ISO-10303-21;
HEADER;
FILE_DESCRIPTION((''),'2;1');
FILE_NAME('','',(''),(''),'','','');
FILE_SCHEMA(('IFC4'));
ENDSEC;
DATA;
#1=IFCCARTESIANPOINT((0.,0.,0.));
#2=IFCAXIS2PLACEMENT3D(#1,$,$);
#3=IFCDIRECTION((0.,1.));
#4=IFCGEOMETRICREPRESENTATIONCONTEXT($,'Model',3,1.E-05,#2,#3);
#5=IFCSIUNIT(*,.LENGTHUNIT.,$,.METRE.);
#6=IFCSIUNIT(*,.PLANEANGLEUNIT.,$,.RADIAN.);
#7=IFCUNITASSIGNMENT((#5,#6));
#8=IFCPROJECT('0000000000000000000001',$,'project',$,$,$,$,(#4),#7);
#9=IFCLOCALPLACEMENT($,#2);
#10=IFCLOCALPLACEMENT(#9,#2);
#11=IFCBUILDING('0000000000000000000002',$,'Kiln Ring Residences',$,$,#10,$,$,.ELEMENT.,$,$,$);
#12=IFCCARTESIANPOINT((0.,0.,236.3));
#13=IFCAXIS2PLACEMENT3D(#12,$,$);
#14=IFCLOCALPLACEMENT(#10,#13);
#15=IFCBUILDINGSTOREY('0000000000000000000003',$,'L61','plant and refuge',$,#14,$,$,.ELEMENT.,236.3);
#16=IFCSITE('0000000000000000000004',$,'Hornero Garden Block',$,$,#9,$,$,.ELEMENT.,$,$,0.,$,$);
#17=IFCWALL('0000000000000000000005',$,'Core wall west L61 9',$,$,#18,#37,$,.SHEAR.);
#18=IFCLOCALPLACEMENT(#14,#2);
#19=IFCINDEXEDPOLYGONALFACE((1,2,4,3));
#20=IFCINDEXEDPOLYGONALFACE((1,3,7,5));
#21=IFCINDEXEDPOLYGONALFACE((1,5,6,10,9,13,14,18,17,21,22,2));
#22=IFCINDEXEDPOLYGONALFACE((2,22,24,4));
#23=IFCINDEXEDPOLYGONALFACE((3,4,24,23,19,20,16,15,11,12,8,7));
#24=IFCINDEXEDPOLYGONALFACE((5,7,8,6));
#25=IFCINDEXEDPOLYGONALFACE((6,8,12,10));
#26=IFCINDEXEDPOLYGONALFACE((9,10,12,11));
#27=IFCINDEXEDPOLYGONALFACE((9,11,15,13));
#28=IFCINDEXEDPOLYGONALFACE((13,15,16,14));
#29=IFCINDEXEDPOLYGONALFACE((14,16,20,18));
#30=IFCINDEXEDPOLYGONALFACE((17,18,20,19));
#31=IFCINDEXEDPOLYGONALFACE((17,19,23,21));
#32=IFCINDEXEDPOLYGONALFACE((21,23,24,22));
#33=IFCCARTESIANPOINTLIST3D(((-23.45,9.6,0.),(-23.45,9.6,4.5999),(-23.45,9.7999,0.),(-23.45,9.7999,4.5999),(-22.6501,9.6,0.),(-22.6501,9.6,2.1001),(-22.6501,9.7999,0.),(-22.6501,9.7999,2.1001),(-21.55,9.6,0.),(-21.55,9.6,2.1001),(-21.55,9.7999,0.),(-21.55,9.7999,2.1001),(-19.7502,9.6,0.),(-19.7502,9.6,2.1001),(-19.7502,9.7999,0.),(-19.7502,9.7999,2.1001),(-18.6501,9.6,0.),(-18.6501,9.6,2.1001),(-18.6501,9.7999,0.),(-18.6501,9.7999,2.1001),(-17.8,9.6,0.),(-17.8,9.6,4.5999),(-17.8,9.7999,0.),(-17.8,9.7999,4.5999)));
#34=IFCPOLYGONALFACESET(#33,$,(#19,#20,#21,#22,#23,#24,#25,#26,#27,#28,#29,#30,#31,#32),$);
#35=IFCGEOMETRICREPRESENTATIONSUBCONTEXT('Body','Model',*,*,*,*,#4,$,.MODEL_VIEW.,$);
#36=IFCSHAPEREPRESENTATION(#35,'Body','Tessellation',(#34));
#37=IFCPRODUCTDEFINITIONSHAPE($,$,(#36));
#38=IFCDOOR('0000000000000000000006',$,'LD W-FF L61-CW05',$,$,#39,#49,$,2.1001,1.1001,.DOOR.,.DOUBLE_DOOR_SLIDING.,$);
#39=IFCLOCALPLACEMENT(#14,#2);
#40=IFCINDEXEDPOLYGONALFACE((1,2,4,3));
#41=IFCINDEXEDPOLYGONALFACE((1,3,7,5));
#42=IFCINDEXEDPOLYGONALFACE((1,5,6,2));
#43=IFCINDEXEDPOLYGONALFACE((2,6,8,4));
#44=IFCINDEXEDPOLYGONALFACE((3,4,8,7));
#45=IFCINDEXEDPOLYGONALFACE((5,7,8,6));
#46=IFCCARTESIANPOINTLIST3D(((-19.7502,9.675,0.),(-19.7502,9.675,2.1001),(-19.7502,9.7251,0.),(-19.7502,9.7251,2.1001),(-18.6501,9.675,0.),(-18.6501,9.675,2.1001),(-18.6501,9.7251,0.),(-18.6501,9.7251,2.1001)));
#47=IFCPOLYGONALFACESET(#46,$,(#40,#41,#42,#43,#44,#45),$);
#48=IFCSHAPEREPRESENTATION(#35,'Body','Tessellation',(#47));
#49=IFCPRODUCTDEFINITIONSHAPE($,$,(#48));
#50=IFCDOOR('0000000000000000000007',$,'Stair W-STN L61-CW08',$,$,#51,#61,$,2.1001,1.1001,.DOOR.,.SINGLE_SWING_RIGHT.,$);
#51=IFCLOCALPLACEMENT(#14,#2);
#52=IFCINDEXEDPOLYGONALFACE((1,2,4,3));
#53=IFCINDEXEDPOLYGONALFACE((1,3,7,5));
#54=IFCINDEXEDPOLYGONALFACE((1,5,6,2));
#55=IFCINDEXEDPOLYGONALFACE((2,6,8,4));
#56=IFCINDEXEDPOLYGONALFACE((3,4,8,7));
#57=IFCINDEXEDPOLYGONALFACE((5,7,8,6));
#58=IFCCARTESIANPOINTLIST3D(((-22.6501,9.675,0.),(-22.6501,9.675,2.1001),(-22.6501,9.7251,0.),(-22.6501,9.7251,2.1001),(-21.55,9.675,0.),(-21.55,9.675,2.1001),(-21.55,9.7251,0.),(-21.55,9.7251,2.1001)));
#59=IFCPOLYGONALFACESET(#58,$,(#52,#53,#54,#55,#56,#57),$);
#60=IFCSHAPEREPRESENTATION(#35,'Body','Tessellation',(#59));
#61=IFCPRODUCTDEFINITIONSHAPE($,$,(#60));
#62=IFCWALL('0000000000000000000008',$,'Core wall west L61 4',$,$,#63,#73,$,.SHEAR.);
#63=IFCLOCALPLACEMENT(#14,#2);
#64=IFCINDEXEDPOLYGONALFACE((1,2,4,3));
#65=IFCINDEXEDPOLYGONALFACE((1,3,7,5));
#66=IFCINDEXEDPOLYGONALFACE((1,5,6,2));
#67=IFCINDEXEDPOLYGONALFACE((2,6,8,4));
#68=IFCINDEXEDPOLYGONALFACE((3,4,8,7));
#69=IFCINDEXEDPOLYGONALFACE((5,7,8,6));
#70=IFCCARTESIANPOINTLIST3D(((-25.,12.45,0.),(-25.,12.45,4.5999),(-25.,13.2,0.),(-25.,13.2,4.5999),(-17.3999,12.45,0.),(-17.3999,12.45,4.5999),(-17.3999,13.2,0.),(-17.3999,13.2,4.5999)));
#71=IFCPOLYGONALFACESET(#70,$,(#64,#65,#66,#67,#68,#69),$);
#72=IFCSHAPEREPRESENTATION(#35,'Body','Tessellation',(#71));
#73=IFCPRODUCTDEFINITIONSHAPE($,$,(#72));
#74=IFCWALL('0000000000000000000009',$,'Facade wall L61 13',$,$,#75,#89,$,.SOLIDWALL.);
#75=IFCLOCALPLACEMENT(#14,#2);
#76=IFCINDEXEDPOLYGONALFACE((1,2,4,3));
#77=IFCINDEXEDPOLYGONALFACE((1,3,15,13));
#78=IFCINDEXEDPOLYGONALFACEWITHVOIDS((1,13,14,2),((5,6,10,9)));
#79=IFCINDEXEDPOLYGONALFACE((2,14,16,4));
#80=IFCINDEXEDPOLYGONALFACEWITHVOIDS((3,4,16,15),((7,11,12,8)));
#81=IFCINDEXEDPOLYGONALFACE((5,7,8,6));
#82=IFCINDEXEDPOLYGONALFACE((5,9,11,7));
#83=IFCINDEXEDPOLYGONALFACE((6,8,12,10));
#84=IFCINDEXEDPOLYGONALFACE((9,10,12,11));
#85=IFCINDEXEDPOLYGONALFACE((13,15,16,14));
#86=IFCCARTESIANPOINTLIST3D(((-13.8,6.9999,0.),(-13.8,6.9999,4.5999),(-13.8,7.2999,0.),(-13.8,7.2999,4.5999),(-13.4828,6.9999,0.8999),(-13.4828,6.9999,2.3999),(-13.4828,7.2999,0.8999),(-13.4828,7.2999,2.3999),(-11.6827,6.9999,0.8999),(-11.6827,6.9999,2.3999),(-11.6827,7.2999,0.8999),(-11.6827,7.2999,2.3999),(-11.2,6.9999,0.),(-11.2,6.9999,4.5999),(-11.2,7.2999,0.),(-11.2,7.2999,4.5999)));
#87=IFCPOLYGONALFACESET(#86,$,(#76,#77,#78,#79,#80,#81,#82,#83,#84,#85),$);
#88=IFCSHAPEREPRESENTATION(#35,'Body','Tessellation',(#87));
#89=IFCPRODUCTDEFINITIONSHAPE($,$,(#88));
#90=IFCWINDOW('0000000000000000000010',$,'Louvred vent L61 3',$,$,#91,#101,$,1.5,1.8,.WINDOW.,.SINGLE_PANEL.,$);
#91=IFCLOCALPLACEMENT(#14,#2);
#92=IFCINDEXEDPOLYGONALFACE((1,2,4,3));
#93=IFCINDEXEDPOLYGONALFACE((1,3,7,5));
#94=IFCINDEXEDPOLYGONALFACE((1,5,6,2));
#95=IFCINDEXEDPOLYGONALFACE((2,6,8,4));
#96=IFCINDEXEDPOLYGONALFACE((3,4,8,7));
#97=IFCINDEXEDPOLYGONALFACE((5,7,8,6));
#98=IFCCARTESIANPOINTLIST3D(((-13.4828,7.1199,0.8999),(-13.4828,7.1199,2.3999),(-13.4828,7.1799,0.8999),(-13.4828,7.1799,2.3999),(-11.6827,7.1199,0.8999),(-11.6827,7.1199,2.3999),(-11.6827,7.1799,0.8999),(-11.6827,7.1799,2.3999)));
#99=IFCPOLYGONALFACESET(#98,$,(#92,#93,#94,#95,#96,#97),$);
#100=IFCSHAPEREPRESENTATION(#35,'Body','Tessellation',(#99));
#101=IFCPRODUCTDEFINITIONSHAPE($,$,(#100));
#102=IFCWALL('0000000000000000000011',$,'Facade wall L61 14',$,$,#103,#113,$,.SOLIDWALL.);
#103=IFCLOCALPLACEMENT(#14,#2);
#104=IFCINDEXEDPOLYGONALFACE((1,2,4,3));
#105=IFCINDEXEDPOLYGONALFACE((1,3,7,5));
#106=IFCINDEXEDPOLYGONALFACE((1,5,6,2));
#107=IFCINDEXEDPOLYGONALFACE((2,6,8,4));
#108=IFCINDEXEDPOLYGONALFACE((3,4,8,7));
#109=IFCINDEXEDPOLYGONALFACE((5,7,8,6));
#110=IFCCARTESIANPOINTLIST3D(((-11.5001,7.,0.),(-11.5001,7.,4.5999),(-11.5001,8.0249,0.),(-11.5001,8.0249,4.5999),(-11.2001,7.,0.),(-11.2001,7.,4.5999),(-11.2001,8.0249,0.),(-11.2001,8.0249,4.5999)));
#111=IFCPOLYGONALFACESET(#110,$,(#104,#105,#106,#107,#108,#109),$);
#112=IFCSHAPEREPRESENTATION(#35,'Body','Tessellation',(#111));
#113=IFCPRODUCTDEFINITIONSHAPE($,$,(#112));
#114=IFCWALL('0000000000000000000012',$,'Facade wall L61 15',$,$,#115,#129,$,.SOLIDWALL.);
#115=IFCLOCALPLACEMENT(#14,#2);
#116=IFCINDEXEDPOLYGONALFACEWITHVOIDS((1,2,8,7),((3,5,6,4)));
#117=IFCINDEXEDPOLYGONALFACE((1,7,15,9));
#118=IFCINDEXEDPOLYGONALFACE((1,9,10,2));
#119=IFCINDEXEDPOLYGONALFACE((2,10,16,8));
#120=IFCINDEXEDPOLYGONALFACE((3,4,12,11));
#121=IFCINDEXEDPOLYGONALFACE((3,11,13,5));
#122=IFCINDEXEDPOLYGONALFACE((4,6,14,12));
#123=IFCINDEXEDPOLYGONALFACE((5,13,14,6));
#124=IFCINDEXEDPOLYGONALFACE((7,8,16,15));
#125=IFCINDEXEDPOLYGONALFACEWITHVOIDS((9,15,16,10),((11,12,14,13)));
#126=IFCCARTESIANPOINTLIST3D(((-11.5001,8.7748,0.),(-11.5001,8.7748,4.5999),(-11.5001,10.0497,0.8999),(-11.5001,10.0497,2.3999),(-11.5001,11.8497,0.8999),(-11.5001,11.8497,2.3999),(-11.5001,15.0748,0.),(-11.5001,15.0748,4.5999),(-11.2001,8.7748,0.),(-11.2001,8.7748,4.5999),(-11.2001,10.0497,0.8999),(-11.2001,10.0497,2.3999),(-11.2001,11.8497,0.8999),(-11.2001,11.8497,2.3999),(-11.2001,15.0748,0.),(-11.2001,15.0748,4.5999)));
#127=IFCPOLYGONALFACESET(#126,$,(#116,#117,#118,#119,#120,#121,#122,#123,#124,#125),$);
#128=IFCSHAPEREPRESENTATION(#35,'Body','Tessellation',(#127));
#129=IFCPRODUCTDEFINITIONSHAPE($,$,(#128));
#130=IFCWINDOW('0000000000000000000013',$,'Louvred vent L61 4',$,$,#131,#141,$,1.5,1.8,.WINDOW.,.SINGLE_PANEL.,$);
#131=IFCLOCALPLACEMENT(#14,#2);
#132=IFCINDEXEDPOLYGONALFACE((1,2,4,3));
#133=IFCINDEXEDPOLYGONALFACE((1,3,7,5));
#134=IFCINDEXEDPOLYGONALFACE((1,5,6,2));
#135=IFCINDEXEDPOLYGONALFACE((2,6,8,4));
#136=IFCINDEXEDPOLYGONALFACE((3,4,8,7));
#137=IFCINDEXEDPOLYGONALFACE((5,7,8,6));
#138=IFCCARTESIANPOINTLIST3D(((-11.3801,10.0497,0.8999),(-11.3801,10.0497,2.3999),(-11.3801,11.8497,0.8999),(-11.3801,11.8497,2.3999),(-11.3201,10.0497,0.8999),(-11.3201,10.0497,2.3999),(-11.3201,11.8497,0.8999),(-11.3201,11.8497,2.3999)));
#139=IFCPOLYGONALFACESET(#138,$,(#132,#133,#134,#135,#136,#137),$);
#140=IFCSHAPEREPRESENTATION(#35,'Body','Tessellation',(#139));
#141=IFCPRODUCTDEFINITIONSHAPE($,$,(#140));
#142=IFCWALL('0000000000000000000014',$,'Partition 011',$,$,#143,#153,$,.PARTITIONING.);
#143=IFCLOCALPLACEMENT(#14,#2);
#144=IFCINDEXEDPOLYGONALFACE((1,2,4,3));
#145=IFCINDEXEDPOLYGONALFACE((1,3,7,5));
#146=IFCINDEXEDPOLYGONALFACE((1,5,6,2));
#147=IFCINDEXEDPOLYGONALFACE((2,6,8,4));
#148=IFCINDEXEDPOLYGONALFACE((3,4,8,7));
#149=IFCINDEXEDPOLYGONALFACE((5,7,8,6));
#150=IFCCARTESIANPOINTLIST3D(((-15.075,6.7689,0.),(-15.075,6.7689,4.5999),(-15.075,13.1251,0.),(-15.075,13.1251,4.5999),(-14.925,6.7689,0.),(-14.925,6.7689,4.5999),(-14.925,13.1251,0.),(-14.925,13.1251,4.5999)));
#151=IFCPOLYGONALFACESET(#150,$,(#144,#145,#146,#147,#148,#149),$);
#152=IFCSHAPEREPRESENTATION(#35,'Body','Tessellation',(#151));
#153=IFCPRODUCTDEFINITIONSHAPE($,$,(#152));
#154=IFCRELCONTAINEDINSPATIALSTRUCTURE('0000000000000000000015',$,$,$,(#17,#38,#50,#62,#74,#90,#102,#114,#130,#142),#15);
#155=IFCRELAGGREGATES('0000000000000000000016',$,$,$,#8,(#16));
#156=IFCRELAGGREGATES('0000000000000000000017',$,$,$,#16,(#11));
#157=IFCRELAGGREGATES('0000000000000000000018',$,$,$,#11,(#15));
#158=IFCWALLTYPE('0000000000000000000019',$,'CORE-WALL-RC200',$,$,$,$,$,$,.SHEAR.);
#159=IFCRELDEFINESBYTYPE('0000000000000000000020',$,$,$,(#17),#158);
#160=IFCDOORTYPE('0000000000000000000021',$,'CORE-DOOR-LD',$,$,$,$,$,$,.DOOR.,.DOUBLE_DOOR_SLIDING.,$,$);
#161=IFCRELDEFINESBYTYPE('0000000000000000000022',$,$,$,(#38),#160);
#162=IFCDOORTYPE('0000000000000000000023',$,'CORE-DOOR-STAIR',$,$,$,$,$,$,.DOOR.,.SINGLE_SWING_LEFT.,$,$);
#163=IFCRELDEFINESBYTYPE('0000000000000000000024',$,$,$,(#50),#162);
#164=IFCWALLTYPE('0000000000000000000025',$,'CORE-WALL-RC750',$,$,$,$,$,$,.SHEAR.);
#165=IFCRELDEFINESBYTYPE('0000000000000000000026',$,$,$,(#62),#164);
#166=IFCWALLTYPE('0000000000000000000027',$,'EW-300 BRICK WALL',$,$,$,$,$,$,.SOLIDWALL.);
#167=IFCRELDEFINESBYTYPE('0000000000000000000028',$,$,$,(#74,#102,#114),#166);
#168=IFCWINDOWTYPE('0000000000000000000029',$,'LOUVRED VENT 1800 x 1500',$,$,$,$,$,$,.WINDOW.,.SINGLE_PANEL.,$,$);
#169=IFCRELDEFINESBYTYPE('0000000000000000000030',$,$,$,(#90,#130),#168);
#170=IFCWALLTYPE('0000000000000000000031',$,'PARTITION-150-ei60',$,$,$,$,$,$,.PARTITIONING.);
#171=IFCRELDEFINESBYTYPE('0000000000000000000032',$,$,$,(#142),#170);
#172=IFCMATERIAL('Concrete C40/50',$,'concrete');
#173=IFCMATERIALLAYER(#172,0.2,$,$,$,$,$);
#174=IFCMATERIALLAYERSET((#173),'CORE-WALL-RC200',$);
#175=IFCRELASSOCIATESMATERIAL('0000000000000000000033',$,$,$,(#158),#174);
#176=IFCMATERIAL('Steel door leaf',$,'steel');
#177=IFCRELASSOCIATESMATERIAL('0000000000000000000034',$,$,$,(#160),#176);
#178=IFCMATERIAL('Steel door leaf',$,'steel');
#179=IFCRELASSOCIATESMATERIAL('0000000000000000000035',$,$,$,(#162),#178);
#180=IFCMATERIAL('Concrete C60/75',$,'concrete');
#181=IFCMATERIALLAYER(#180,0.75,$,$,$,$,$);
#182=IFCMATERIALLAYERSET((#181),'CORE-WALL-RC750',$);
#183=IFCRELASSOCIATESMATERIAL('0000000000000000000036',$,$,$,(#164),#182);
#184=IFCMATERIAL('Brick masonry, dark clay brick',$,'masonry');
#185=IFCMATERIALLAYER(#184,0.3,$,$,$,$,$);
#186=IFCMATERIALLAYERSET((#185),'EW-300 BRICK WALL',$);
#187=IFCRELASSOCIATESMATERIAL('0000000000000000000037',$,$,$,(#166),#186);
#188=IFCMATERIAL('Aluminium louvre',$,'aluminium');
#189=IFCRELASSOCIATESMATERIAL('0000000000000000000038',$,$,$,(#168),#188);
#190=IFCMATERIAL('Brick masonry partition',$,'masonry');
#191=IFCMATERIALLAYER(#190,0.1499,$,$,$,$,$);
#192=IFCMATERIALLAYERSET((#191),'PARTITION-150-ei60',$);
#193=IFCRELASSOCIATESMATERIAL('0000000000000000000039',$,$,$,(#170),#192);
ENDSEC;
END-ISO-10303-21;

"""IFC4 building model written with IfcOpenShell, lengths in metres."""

from ifc_helpers import new_model, si_unit, direction, frame, frame_2d, origin, place, context, subcontext, project, spatial, rectangle, extrude, material, layer, layer_set, type_object, element, fill, save


model = new_model("IFC4")

# Units and contexts
model_context = context("Model", 3, precision=1e-05, world=origin(), true_north=direction((0.0, 1.0)))
body_context = subcontext(model_context, "Body", "Model", "MODEL_VIEW")
ifc_project = project(units=[si_unit("LENGTHUNIT", "METRE"), si_unit("PLANEANGLEUNIT", "RADIAN")], contexts=[model_context])

# Site, building, storey
site_placement = place(None, origin())
site = spatial("IfcSite", under=ifc_project, at=site_placement, Name="Hornero Garden Block", CompositionType="ELEMENT", RefElevation=0.0)
building_placement = place(site_placement, origin())
building = spatial("IfcBuilding", under=site, at=building_placement, Name="Kiln Ring Residences", CompositionType="ELEMENT")
storey_placement = place(building_placement, frame((0.0, 0.0, 236.3)))
storey = spatial("IfcBuildingStorey", under=building, at=storey_placement, Name="L61", Description="plant and refuge", CompositionType="ELEMENT", Elevation=236.3)

# Wall, openings, doors
ifc_material_1 = material(Name="Concrete C40/50", Category="concrete")
ifc_layer_1 = layer(ifc_material_1, 0.2)
ifc_layer_set_1 = layer_set([ifc_layer_1], Name="CORE-WALL-RC200")
wall_type_1 = type_object("IfcWallType", Name="CORE-WALL-RC200", PredefinedType="SHEAR", material=ifc_layer_set_1)
wall_1_placement = place(storey_placement, frame((-17.8, 9.7, 0.0), z_axis=(0.0, 0.0, 1.0), x_axis=(-1.0, 0.0, 0.0)))
wall_1 = element("IfcWall", 1, at=wall_1_placement, inside=storey, type_object=wall_type_1, Name="Core wall west L61 9", PredefinedType="SHEAR", context=body_context, shape_type="SweptSolid", body=[
    extrude(rectangle(XDim=5.6499, YDim=0.2, at=frame_2d((2.825, 0.0))), origin(), (0.0, 0.0, 1.0), 4.5999),
])
opening_1_placement = place(wall_1_placement, frame((0.8501, 0.0, 0.0)))
opening_1 = element("IfcOpeningElement", 2, at=opening_1_placement, cuts=wall_1, PredefinedType="OPENING", context=body_context, shape_type="SweptSolid", body=[
    extrude(rectangle(XDim=1.1001, YDim=2.1001, at=frame_2d((0.55, 1.05))), frame((0.0, 0.1099, 0.0), z_axis=(0.0, -1.0, 0.0), x_axis=(1.0, 0.0, 0.0)), (0.0, 0.0, 1.0), 0.22),
])
opening_2_placement = place(wall_1_placement, frame((3.75, 0.0, 0.0)))
opening_2 = element("IfcOpeningElement", 3, at=opening_2_placement, cuts=wall_1, PredefinedType="OPENING", context=body_context, shape_type="SweptSolid", body=[
    extrude(rectangle(XDim=1.1001, YDim=2.1001, at=frame_2d((0.55, 1.05))), frame((0.0, 0.1099, 0.0), z_axis=(0.0, -1.0, 0.0), x_axis=(1.0, 0.0, 0.0)), (0.0, 0.0, 1.0), 0.22),
])
ifc_material_2 = material(Name="Steel door leaf", Category="steel")
door_type_1 = type_object("IfcDoorType", Name="CORE-DOOR-LD", OperationType="DOUBLE_DOOR_SLIDING", PredefinedType="DOOR", material=ifc_material_2)
door_1_placement = place(opening_1_placement, origin())
door_1 = element("IfcDoor", 4, at=door_1_placement, inside=storey, type_object=door_type_1, Name="LD W-FF L61-CW05", OperationType="DOUBLE_DOOR_SLIDING", OverallHeight=2.1001, OverallWidth=1.1001, PredefinedType="DOOR", context=body_context, shape_type="SweptSolid", body=[
    extrude(rectangle(XDim=1.1001, YDim=2.1001, at=frame_2d((0.55, 1.05))), frame((0.0, 0.0249, 0.0), z_axis=(0.0, -1.0, 0.0), x_axis=(1.0, 0.0, 0.0)), (0.0, 0.0, 1.0), 0.05),
])
fill(opening_1, door_1)
ifc_material_3 = material(Name="Steel door leaf", Category="steel")
door_type_2 = type_object("IfcDoorType", Name="CORE-DOOR-STAIR", OperationType="SINGLE_SWING_LEFT", PredefinedType="DOOR", material=ifc_material_3)
door_2_placement = place(opening_2_placement, origin())
door_2 = element("IfcDoor", 5, at=door_2_placement, inside=storey, type_object=door_type_2, Name="Stair W-STN L61-CW08", OperationType="SINGLE_SWING_RIGHT", OverallHeight=2.1001, OverallWidth=1.1001, PredefinedType="DOOR", context=body_context, shape_type="SweptSolid", body=[
    extrude(rectangle(XDim=1.1001, YDim=2.1001, at=frame_2d((0.55, 1.05))), frame((0.0, 0.0249, 0.0), z_axis=(0.0, -1.0, 0.0), x_axis=(1.0, 0.0, 0.0)), (0.0, 0.0, 1.0), 0.05),
])
fill(opening_2, door_2)

# Wall
ifc_material_4 = material(Name="Concrete C60/75", Category="concrete")
ifc_layer_2 = layer(ifc_material_4, 0.75)
ifc_layer_set_2 = layer_set([ifc_layer_2], Name="CORE-WALL-RC750")
wall_type_2 = type_object("IfcWallType", Name="CORE-WALL-RC750", PredefinedType="SHEAR", material=ifc_layer_set_2)
wall_2_placement = place(storey_placement, frame((-17.3999, 12.825, 0.0), z_axis=(0.0, 0.0, 1.0), x_axis=(-1.0, 0.0, 0.0)))
element("IfcWall", 6, at=wall_2_placement, inside=storey, type_object=wall_type_2, Name="Core wall west L61 4", PredefinedType="SHEAR", context=body_context, shape_type="SweptSolid", body=[
    extrude(rectangle(XDim=7.6001, YDim=0.75, at=frame_2d((3.8, 0.0))), origin(), (0.0, 0.0, 1.0), 4.5999),
])

# Wall, opening, window
ifc_material_5 = material(Name="Brick masonry, dark clay brick", Category="masonry")
ifc_layer_3 = layer(ifc_material_5, 0.3)
ifc_layer_set_3 = layer_set([ifc_layer_3], Name="EW-300 BRICK WALL")
wall_type_3 = type_object("IfcWallType", Name="EW-300 BRICK WALL", PredefinedType="SOLIDWALL", material=ifc_layer_set_3)
wall_3_placement = place(storey_placement, frame((-13.8, 7.1499, 0.0), z_axis=(0.0, 0.0, 1.0), x_axis=(1.0, 0.0, 0.0)))
wall_3 = element("IfcWall", 7, at=wall_3_placement, inside=storey, type_object=wall_type_3, Name="Facade wall L61 13", PredefinedType="SOLIDWALL", context=body_context, shape_type="SweptSolid", body=[
    extrude(rectangle(XDim=2.6001, YDim=0.3, at=frame_2d((1.3, 0.0))), origin(), (0.0, 0.0, 1.0), 4.5999),
])
opening_3_placement = place(wall_3_placement, frame((0.3174, 0.0, 0.8999)))
opening_3 = element("IfcOpeningElement", 8, at=opening_3_placement, cuts=wall_3, PredefinedType="OPENING", context=body_context, shape_type="SweptSolid", body=[
    extrude(rectangle(XDim=1.8, YDim=1.5, at=frame_2d((0.8999, 0.75))), frame((0.0, 0.1599, 0.0), z_axis=(0.0, -1.0, 0.0), x_axis=(1.0, 0.0, 0.0)), (0.0, 0.0, 1.0), 0.3201),
])
ifc_material_6 = material(Name="Aluminium louvre", Category="aluminium")
window_type = type_object("IfcWindowType", Name="LOUVRED VENT 1800 x 1500", PartitioningType="SINGLE_PANEL", PredefinedType="WINDOW", material=ifc_material_6)
window_1_placement = place(opening_3_placement, origin())
window_1 = element("IfcWindow", 9, at=window_1_placement, inside=storey, type_object=window_type, Name="Louvred vent L61 3", OverallHeight=1.5, OverallWidth=1.8, PartitioningType="SINGLE_PANEL", PredefinedType="WINDOW", context=body_context, shape_type="SweptSolid", body=[
    extrude(rectangle(XDim=1.8, YDim=1.5, at=frame_2d((0.8999, 0.75))), frame((0.0, 0.03, 0.0), z_axis=(0.0, -1.0, 0.0), x_axis=(1.0, 0.0, 0.0)), (0.0, 0.0, 1.0), 0.0601),
])
fill(opening_3, window_1)

# Wall
wall_4_placement = place(storey_placement, frame((-11.3501, 7.0, 0.0), z_axis=(0.0, 0.0, 1.0), x_axis=(0.0, 1.0, 0.0)))
element("IfcWall", 10, at=wall_4_placement, inside=storey, type_object=wall_type_3, Name="Facade wall L61 14", PredefinedType="SOLIDWALL", context=body_context, shape_type="SweptSolid", body=[
    extrude(rectangle(XDim=1.0249, YDim=0.3, at=frame_2d((0.5125, 0.0))), origin(), (0.0, 0.0, 1.0), 4.5999),
])

# Wall, opening, window
wall_5_placement = place(storey_placement, frame((-11.3501, 8.7749, 0.0), z_axis=(0.0, 0.0, 1.0), x_axis=(0.0, 1.0, 0.0)))
wall_5 = element("IfcWall", 11, at=wall_5_placement, inside=storey, type_object=wall_type_3, Name="Facade wall L61 15", PredefinedType="SOLIDWALL", context=body_context, shape_type="SweptSolid", body=[
    extrude(rectangle(XDim=6.3, YDim=0.3, at=frame_2d((3.1499, 0.0))), origin(), (0.0, 0.0, 1.0), 4.5999),
])
opening_4_placement = place(wall_5_placement, frame((1.2749, 0.0, 0.8999)))
opening_4 = element("IfcOpeningElement", 12, at=opening_4_placement, cuts=wall_5, PredefinedType="OPENING", context=body_context, shape_type="SweptSolid", body=[
    extrude(rectangle(XDim=1.8, YDim=1.5, at=frame_2d((0.8999, 0.75))), frame((0.0, 0.1599, 0.0), z_axis=(0.0, -1.0, 0.0), x_axis=(1.0, 0.0, 0.0)), (0.0, 0.0, 1.0), 0.3201),
])
window_2_placement = place(opening_4_placement, origin())
window_2 = element("IfcWindow", 13, at=window_2_placement, inside=storey, type_object=window_type, Name="Louvred vent L61 4", OverallHeight=1.5, OverallWidth=1.8, PartitioningType="SINGLE_PANEL", PredefinedType="WINDOW", context=body_context, shape_type="SweptSolid", body=[
    extrude(rectangle(XDim=1.8, YDim=1.5, at=frame_2d((0.8999, 0.75))), frame((0.0, 0.03, 0.0), z_axis=(0.0, -1.0, 0.0), x_axis=(1.0, 0.0, 0.0)), (0.0, 0.0, 1.0), 0.0601),
])
fill(opening_4, window_2)

# Wall
ifc_material_7 = material(Name="Brick masonry partition", Category="masonry")
ifc_layer_4 = layer(ifc_material_7, 0.1499)
ifc_layer_set_4 = layer_set([ifc_layer_4], Name="PARTITION-150-ei60")
wall_type_4 = type_object("IfcWallType", Name="PARTITION-150-ei60", PredefinedType="PARTITIONING", material=ifc_layer_set_4)
wall_6_placement = place(storey_placement, frame((-15.0, 6.7688, 0.0), z_axis=(0.0, 0.0, 1.0), x_axis=(0.0, 1.0, 0.0)))
element("IfcWall", 14, at=wall_6_placement, inside=storey, type_object=wall_type_4, Name="Partition 011", PredefinedType="PARTITIONING", context=body_context, shape_type="SweptSolid", body=[
    extrude(rectangle(XDim=6.3562, YDim=0.1499, at=frame_2d((3.1782, 0.0))), origin(), (0.0, 0.0, 1.0), 4.5999),
])

save(model, "model.ifc")
